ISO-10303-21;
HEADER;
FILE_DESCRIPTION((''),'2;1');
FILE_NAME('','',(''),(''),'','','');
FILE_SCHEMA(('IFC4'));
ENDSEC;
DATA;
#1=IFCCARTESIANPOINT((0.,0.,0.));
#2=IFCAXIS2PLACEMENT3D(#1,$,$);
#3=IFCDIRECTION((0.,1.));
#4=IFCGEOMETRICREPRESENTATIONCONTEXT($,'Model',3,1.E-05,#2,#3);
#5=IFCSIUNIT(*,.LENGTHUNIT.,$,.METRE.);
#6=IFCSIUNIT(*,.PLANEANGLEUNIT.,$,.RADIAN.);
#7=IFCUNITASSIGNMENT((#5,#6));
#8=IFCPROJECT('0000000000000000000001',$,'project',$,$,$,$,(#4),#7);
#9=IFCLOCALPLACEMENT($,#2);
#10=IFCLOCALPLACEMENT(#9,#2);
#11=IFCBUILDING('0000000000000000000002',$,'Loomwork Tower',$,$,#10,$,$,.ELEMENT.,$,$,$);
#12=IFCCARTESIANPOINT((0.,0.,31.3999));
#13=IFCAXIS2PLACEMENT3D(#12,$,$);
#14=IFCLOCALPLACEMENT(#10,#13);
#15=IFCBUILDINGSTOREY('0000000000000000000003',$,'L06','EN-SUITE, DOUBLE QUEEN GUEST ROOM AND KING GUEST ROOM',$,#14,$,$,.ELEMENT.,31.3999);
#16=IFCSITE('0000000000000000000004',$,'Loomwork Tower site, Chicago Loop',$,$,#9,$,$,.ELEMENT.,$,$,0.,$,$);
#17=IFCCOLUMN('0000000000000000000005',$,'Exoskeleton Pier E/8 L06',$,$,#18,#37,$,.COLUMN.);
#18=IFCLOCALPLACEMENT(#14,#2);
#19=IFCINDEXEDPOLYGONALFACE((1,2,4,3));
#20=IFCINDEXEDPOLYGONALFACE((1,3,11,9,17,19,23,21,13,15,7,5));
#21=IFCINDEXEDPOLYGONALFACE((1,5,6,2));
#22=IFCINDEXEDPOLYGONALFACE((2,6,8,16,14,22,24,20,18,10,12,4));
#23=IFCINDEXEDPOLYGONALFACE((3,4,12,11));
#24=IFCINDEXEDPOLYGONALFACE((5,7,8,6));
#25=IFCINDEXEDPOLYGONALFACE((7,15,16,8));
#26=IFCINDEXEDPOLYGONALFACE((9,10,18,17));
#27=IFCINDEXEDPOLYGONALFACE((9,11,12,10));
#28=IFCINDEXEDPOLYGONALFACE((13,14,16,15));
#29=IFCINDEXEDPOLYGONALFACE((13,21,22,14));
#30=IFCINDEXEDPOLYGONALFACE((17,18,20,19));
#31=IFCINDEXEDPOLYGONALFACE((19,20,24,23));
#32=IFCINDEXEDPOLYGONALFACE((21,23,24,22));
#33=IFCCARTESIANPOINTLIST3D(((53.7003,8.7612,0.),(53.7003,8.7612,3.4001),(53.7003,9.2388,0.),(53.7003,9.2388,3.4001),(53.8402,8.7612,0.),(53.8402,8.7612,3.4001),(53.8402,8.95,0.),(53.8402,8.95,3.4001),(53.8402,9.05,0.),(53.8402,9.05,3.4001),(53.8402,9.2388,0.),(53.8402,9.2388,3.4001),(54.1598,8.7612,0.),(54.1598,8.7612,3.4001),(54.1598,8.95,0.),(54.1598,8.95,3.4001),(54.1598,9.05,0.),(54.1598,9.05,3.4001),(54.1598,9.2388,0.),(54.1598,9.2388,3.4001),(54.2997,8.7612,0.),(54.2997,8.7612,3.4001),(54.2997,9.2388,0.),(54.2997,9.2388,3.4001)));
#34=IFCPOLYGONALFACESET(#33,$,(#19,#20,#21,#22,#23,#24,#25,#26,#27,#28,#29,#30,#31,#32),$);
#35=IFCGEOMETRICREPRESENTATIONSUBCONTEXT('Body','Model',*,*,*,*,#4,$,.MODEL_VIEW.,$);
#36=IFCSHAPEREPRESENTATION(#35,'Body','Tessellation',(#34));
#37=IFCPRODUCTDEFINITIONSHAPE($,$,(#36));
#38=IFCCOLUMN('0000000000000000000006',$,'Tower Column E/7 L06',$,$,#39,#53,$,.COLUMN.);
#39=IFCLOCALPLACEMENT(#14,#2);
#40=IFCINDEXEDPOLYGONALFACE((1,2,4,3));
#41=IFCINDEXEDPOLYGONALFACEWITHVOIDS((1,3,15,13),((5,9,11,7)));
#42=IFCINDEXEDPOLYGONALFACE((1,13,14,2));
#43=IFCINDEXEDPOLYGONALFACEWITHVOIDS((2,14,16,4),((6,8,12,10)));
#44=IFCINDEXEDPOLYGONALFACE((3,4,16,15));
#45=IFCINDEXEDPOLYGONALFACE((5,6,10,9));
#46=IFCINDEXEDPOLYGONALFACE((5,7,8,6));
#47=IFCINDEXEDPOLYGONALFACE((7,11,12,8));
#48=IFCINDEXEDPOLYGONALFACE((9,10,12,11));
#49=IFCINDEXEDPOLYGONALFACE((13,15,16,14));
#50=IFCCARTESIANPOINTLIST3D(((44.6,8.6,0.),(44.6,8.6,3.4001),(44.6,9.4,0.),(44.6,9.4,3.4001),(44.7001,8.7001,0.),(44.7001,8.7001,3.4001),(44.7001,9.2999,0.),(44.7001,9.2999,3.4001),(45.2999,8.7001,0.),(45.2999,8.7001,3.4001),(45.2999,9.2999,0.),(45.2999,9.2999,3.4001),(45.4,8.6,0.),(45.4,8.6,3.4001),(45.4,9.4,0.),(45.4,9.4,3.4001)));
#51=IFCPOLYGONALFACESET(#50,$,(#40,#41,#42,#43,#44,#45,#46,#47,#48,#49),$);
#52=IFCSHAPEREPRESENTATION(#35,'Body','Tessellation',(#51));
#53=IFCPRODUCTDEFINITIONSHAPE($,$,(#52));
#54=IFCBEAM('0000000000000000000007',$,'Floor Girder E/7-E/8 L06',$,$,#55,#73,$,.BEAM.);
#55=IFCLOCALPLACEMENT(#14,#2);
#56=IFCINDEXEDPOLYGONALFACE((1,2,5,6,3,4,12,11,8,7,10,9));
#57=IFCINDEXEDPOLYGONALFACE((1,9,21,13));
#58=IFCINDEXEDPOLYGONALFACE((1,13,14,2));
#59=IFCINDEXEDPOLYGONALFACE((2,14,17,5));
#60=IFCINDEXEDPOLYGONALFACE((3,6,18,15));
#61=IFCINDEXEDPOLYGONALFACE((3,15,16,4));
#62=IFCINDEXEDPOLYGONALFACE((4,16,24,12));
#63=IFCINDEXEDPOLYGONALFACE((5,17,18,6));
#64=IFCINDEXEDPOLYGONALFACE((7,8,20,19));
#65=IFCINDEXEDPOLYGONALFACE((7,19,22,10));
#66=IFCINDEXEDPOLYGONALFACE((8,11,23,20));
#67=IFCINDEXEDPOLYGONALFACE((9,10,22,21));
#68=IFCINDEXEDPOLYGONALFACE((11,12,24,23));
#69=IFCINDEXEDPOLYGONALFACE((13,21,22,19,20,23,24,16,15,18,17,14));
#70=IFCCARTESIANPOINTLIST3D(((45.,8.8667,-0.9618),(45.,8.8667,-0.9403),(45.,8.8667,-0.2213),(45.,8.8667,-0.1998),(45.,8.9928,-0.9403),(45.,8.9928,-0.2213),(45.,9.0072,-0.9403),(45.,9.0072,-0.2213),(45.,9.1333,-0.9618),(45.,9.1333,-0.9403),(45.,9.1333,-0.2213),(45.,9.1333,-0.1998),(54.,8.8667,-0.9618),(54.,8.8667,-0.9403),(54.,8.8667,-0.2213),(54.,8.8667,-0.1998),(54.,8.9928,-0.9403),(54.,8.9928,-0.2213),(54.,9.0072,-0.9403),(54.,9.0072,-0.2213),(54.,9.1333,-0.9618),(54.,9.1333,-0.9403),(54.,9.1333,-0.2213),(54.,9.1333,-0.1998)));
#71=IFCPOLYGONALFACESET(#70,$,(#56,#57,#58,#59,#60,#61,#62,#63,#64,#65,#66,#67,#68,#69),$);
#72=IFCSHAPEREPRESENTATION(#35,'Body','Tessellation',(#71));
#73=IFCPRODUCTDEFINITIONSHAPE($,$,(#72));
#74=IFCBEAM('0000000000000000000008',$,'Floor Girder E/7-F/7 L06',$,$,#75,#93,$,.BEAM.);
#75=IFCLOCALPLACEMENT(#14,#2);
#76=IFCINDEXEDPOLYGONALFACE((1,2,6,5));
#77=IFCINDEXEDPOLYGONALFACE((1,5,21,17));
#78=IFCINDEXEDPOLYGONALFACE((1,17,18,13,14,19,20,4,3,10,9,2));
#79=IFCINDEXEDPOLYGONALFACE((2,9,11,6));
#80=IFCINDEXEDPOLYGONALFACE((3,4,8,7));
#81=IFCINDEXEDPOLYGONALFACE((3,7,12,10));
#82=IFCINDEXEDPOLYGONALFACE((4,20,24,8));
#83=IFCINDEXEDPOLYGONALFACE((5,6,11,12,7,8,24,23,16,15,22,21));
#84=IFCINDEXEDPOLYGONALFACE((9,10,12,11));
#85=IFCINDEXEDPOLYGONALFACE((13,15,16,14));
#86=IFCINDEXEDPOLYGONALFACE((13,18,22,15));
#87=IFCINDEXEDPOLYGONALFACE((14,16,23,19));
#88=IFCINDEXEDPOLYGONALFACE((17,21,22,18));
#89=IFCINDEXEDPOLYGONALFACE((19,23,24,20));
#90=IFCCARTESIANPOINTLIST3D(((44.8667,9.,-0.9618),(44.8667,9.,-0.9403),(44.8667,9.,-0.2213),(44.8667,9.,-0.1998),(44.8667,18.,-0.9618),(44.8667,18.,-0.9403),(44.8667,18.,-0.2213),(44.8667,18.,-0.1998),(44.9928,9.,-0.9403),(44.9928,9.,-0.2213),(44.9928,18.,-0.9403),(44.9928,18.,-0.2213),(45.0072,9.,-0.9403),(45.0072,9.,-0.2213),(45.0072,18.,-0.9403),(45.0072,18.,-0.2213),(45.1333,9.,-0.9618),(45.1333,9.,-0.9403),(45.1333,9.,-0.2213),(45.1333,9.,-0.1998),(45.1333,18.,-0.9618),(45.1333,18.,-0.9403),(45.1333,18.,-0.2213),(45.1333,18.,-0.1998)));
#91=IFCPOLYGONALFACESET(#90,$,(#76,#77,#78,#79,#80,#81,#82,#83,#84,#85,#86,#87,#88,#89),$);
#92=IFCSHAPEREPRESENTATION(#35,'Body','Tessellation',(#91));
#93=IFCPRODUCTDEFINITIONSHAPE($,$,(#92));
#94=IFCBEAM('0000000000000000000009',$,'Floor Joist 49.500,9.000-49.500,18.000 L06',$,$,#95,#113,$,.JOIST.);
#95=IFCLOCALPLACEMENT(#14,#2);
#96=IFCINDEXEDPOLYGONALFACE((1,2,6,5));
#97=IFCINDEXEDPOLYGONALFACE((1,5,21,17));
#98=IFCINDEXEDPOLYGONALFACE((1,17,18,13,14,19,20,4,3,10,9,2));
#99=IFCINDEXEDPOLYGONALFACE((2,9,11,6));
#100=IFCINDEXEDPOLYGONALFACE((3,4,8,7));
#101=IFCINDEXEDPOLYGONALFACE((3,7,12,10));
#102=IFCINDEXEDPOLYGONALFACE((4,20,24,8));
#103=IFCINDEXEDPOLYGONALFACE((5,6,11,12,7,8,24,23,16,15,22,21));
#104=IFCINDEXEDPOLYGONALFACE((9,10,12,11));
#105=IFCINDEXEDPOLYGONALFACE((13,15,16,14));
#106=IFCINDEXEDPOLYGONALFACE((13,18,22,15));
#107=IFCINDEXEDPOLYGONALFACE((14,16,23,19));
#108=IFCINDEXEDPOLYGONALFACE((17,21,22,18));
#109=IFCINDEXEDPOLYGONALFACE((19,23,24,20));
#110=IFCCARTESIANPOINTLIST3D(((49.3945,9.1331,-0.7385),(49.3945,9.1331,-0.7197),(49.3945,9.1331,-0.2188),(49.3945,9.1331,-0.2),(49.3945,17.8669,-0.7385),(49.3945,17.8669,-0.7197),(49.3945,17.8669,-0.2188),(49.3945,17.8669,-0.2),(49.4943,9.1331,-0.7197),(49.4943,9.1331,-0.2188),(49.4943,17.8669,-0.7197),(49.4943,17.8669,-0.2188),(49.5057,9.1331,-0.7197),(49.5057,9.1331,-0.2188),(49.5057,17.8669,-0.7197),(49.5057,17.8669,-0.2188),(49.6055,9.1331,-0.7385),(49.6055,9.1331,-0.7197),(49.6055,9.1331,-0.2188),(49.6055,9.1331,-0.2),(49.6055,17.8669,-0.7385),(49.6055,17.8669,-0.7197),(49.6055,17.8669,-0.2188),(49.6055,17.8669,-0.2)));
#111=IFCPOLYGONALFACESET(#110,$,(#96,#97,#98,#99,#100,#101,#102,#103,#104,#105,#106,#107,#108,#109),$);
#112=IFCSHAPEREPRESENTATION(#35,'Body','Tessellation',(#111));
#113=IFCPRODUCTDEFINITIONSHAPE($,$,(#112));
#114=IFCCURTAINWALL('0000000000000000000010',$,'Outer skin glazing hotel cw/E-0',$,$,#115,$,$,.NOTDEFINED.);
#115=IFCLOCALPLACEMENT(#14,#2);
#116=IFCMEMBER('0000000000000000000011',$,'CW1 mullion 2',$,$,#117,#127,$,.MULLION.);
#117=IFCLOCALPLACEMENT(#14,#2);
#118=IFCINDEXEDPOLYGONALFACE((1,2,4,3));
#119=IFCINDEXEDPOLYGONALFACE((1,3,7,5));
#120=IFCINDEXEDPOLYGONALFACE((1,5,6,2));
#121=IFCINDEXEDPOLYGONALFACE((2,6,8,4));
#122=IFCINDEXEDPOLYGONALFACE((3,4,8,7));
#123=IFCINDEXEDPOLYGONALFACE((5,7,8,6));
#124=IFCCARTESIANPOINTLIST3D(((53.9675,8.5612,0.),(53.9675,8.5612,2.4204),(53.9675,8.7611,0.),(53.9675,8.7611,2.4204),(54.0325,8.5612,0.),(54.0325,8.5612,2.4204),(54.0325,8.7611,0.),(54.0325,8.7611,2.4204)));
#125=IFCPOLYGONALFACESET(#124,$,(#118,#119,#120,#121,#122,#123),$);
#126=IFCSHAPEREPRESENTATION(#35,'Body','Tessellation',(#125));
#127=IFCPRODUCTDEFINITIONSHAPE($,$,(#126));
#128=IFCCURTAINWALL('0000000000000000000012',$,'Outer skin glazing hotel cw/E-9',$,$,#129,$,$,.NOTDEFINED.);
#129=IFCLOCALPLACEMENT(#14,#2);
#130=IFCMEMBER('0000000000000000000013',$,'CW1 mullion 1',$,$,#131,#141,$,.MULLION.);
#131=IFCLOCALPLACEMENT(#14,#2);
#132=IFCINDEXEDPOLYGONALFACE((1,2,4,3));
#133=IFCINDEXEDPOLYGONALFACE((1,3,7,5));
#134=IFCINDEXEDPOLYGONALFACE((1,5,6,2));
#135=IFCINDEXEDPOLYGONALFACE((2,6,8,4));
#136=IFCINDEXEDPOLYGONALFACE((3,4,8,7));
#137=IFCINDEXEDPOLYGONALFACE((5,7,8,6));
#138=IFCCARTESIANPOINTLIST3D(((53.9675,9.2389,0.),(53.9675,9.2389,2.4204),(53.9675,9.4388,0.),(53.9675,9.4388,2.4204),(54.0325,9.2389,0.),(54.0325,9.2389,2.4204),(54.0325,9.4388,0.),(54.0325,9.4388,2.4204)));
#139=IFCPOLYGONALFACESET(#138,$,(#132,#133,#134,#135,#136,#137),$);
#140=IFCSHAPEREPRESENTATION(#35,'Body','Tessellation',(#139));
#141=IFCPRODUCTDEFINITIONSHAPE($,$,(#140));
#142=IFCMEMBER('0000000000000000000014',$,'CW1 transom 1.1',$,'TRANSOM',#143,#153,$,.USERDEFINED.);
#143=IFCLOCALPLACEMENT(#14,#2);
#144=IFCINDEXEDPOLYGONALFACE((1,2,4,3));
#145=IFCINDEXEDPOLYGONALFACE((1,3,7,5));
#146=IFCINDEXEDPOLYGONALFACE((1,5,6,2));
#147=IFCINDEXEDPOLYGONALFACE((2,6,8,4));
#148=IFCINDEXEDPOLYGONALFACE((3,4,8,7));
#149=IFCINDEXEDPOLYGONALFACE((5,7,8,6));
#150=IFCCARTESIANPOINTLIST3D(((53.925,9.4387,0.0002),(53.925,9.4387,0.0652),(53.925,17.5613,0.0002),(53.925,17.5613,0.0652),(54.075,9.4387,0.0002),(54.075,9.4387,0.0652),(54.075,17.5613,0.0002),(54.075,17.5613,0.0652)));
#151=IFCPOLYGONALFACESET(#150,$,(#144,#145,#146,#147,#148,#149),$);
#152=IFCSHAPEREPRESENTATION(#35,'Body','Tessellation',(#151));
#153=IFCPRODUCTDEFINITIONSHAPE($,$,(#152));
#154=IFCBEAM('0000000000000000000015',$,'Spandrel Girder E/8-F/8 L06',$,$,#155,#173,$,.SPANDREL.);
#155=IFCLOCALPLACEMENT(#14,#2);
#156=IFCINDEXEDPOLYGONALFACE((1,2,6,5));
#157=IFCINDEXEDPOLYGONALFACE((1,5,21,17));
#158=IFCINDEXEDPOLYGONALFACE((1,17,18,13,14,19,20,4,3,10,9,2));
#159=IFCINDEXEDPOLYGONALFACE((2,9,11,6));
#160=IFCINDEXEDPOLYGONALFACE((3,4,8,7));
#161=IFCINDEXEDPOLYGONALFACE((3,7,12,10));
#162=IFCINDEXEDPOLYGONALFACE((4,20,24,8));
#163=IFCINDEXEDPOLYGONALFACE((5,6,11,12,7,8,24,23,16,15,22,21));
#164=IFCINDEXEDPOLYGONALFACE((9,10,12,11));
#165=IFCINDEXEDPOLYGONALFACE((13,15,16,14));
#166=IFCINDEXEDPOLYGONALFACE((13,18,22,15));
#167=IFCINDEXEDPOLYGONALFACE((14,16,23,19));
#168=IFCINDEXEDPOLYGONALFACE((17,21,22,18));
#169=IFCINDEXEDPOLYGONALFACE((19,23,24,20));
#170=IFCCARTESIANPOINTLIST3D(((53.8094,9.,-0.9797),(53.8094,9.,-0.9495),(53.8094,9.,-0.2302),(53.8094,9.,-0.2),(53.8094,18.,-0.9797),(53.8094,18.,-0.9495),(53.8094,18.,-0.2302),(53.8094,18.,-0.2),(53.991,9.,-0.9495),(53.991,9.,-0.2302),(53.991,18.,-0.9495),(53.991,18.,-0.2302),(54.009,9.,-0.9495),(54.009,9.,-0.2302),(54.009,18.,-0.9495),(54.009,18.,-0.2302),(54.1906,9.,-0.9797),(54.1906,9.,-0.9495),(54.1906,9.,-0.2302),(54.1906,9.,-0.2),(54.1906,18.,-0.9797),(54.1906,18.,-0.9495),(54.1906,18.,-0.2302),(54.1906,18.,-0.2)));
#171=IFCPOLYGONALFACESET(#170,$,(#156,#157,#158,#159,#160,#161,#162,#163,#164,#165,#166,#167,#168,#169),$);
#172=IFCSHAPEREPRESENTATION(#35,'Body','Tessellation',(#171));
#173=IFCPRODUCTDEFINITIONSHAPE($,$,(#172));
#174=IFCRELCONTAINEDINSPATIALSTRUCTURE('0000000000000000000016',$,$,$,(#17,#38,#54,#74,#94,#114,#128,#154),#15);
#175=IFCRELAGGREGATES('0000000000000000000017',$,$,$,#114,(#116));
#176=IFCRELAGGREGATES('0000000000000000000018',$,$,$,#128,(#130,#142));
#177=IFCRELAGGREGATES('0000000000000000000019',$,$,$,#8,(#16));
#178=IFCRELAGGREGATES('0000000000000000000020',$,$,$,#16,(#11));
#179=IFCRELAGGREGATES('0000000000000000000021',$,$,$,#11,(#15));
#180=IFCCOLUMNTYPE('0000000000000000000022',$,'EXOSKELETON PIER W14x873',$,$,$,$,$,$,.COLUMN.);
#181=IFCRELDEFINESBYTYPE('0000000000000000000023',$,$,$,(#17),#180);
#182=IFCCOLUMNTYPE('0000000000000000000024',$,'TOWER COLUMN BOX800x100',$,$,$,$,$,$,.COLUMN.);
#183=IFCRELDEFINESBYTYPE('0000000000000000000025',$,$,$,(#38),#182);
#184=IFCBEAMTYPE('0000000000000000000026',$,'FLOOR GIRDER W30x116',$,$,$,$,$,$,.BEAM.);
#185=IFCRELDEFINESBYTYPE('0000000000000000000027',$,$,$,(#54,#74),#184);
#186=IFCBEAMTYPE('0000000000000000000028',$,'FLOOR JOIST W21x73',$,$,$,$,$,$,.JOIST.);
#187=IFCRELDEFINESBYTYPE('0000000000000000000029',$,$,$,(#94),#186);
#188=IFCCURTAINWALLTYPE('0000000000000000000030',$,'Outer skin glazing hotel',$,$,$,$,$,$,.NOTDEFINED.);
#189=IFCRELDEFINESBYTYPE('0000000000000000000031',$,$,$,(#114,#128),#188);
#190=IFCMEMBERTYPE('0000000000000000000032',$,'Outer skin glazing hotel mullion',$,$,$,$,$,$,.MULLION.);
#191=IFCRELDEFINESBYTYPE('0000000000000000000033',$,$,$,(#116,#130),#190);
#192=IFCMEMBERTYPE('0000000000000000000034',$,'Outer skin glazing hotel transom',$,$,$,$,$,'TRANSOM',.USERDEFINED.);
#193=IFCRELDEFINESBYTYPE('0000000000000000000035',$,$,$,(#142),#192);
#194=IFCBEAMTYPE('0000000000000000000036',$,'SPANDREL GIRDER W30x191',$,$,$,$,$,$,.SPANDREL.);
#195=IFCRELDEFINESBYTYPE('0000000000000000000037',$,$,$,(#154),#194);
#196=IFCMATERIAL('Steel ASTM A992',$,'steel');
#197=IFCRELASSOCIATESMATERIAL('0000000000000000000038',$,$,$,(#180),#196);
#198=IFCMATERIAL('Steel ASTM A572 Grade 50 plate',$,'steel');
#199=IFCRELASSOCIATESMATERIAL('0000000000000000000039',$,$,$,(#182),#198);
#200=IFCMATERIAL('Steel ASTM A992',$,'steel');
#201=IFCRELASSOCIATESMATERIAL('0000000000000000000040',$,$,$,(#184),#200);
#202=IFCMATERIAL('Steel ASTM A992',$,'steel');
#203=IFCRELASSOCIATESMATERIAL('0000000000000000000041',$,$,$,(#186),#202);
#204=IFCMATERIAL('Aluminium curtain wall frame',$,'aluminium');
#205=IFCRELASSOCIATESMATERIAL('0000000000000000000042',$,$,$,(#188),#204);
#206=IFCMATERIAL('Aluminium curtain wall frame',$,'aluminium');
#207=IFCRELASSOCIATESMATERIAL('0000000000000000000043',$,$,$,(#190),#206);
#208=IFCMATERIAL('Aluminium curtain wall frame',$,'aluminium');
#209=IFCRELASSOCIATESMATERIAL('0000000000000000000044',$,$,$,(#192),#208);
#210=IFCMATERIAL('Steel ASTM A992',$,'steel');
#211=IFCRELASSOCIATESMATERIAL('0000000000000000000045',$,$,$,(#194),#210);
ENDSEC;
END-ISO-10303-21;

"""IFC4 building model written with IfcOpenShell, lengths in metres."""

from ifc_helpers import new_model, si_unit, direction, frame, origin, origin_2d, place, context, subcontext, project, spatial, rectangle, hollow_rectangle, i_section, extrude, material, material_profile, profile_set, type_object, element, aggregate, save


model = new_model("IFC4")

# Units and contexts
model_context = context("Model", 3, precision=1e-05, world=origin(), true_north=direction((0.0, 1.0)))
body_context = subcontext(model_context, "Body", "Model", "MODEL_VIEW")
ifc_project = project(units=[si_unit("LENGTHUNIT", "METRE"), si_unit("PLANEANGLEUNIT", "RADIAN")], contexts=[model_context])

# Site, building, storey
site_placement = place(None, origin())
site = spatial("IfcSite", under=ifc_project, at=site_placement, Name="Loomwork Tower site, Chicago Loop", CompositionType="ELEMENT", RefElevation=0.0)
building_placement = place(site_placement, origin())
building = spatial("IfcBuilding", under=site, at=building_placement, Name="Loomwork Tower", CompositionType="ELEMENT")
storey_placement = place(building_placement, frame((0.0, 0.0, 31.3999)))
storey = spatial("IfcBuildingStorey", under=building, at=storey_placement, Name="L06", Description="EN-SUITE, DOUBLE QUEEN GUEST ROOM AND KING GUEST ROOM", CompositionType="ELEMENT", Elevation=31.3999)

# Columns
ifc_material_1 = material(Name="Steel ASTM A992", Category="steel")
ifc_material_profile_1 = material_profile(ifc_material_1, i_section(OverallWidth=0.4775, OverallDepth=0.5994, WebThickness=0.1001, FlangeThickness=0.1399, at=origin_2d()), Name="W14x873")
ifc_profile_set_1 = profile_set([ifc_material_profile_1], Name="Steel ASTM A992")
column_type_1 = type_object("IfcColumnType", Name="EXOSKELETON PIER W14x873", PredefinedType="COLUMN", material=ifc_profile_set_1)
column_1_placement = place(storey_placement, frame((54.0, 9.0, 0.0), z_axis=(0.0, 0.0, 1.0), x_axis=(0.0, 1.0, 0.0)))
element("IfcColumn", 1, at=column_1_placement, inside=storey, type_object=column_type_1, Name="Exoskeleton Pier E/8 L06", PredefinedType="COLUMN", context=body_context, shape_type="SweptSolid", body=[
    extrude(i_section(OverallWidth=0.4775, OverallDepth=0.5994, WebThickness=0.1001, FlangeThickness=0.1399, at=origin_2d()), origin(), (0.0, 0.0, 1.0), 3.4001),
])
ifc_material_2 = material(Name="Steel ASTM A572 Grade 50 plate", Category="steel")
ifc_material_profile_2 = material_profile(ifc_material_2, hollow_rectangle(XDim=0.8, YDim=0.8, WallThickness=0.1001, at=origin_2d()), Name="BOX800x100")
ifc_profile_set_2 = profile_set([ifc_material_profile_2], Name="Steel ASTM A572 Grade 50 plate")
column_type_2 = type_object("IfcColumnType", Name="TOWER COLUMN BOX800x100", PredefinedType="COLUMN", material=ifc_profile_set_2)
column_2_placement = place(storey_placement, frame((45.0, 9.0, 0.0), z_axis=(0.0, 0.0, 1.0), x_axis=(0.0, 1.0, 0.0)))
element("IfcColumn", 2, at=column_2_placement, inside=storey, type_object=column_type_2, Name="Tower Column E/7 L06", PredefinedType="COLUMN", context=body_context, shape_type="SweptSolid", body=[
    extrude(hollow_rectangle(XDim=0.8, YDim=0.8, WallThickness=0.1001, at=origin_2d()), origin(), (0.0, 0.0, 1.0), 3.4001),
])

# Beams
ifc_material_3 = material(Name="Steel ASTM A992", Category="steel")
ifc_material_profile_3 = material_profile(ifc_material_3, i_section(OverallWidth=0.2666, OverallDepth=0.762, WebThickness=0.0144, FlangeThickness=0.0215, at=origin_2d()), Name="W30x116")
ifc_profile_set_3 = profile_set([ifc_material_profile_3], Name="Steel ASTM A992")
beam_type_1 = type_object("IfcBeamType", Name="FLOOR GIRDER W30x116", PredefinedType="BEAM", material=ifc_profile_set_3)
for number, where, z_axis, x_axis, name in (
    (3, (45.0, 9.0, -0.5808), (1.0, 0.0, 0.0), (0.0, 1.0, 0.0), "Floor Girder E/7-E/8 L06"),
    (4, (45.0, 9.0, -0.5808), (0.0, 1.0, 0.0), (-1.0, 0.0, 0.0), "Floor Girder E/7-F/7 L06"),
):
    element("IfcBeam", number, at=place(storey_placement, frame(where, z_axis=z_axis, x_axis=x_axis)), inside=storey, type_object=beam_type_1, Name=name, PredefinedType="BEAM", context=body_context, shape_type="SweptSolid", body=[
        extrude(i_section(OverallWidth=0.2666, OverallDepth=0.762, WebThickness=0.0144, FlangeThickness=0.0215, at=origin_2d()), origin(), (0.0, 0.0, 1.0), 9.0),
    ])
ifc_material_4 = material(Name="Steel ASTM A992", Category="steel")
ifc_material_profile_4 = material_profile(ifc_material_4, i_section(OverallWidth=0.2109, OverallDepth=0.5386, WebThickness=0.0115, FlangeThickness=0.0188, at=origin_2d()), Name="W21x73")
ifc_profile_set_4 = profile_set([ifc_material_profile_4], Name="Steel ASTM A992")
beam_type_2 = type_object("IfcBeamType", Name="FLOOR JOIST W21x73", PredefinedType="JOIST", material=ifc_profile_set_4)
beam_1_placement = place(storey_placement, frame((49.5, 9.1331, -0.4692), z_axis=(0.0, 1.0, 0.0), x_axis=(-1.0, 0.0, 0.0)))
element("IfcBeam", 5, at=beam_1_placement, inside=storey, type_object=beam_type_2, Name="Floor Joist 49.500,9.000-49.500,18.000 L06", PredefinedType="JOIST", context=body_context, shape_type="SweptSolid", body=[
    extrude(i_section(OverallWidth=0.2109, OverallDepth=0.5386, WebThickness=0.0115, FlangeThickness=0.0188, at=origin_2d()), origin(), (0.0, 0.0, 1.0), 8.7339),
])

# Curtain wall, member
ifc_material_5 = material(Name="Aluminium curtain wall frame", Category="aluminium")
curtain_wall_type = type_object("IfcCurtainWallType", Name="Outer skin glazing hotel", PredefinedType="NOTDEFINED", material=ifc_material_5)
curtain_wall_1_placement = place(storey_placement, origin())
curtain_wall_1 = element("IfcCurtainWall", 6, at=curtain_wall_1_placement, inside=storey, type_object=curtain_wall_type, Name="Outer skin glazing hotel cw/E-0", PredefinedType="NOTDEFINED")
ifc_material_6 = material(Name="Aluminium curtain wall frame", Category="aluminium")
ifc_material_profile_5 = material_profile(ifc_material_6, rectangle(XDim=0.0649, YDim=0.2, at=origin_2d()), Name="AL 65x200")
ifc_profile_set_5 = profile_set([ifc_material_profile_5], Name="Aluminium curtain wall frame")
member_type_1 = type_object("IfcMemberType", Name="Outer skin glazing hotel mullion", PredefinedType="MULLION", material=ifc_profile_set_5)
member_1_placement = place(storey_placement, frame((54.0, 8.6611, 0.0), z_axis=(0.0, 0.0, 1.0), x_axis=(-1.0, 0.0, 0.0)))
member_1 = element("IfcMember", 7, at=member_1_placement, type_object=member_type_1, Name="CW1 mullion 2", PredefinedType="MULLION", context=body_context, shape_type="SweptSolid", body=[
    extrude(rectangle(XDim=0.0649, YDim=0.2, at=origin_2d()), origin(), (0.0, 0.0, 1.0), 2.4204),
])
aggregate(curtain_wall_1, [member_1])

# Curtain wall, members
curtain_wall_2_placement = place(storey_placement, origin())
curtain_wall_2 = element("IfcCurtainWall", 8, at=curtain_wall_2_placement, inside=storey, type_object=curtain_wall_type, Name="Outer skin glazing hotel cw/E-9", PredefinedType="NOTDEFINED")
member_2_placement = place(storey_placement, frame((54.0, 9.3389, 0.0), z_axis=(0.0, 0.0, 1.0), x_axis=(-1.0, 0.0, 0.0)))
member_2 = element("IfcMember", 9, at=member_2_placement, type_object=member_type_1, Name="CW1 mullion 1", PredefinedType="MULLION", context=body_context, shape_type="SweptSolid", body=[
    extrude(rectangle(XDim=0.0649, YDim=0.2, at=origin_2d()), origin(), (0.0, 0.0, 1.0), 2.4204),
])
ifc_material_7 = material(Name="Aluminium curtain wall frame", Category="aluminium")
ifc_material_profile_6 = material_profile(ifc_material_7, rectangle(XDim=0.1499, YDim=0.0649, at=origin_2d()), Name="AL 65x150")
ifc_profile_set_6 = profile_set([ifc_material_profile_6], Name="Aluminium curtain wall frame")
member_type_2 = type_object("IfcMemberType", Name="Outer skin glazing hotel transom", ElementType="TRANSOM", PredefinedType="USERDEFINED", material=ifc_profile_set_6)
member_3_placement = place(storey_placement, frame((54.0, 9.4387, 0.0327), z_axis=(0.0, 1.0, 0.0), x_axis=(-1.0, 0.0, 0.0)))
member_3 = element("IfcMember", 10, at=member_3_placement, type_object=member_type_2, Name="CW1 transom 1.1", ObjectType="TRANSOM", PredefinedType="USERDEFINED", context=body_context, shape_type="SweptSolid", body=[
    extrude(rectangle(XDim=0.1499, YDim=0.0649, at=origin_2d()), origin(), (0.0, 0.0, 1.0), 8.1226),
])
aggregate(curtain_wall_2, [member_2, member_3])

# Beam
ifc_material_8 = material(Name="Steel ASTM A992", Category="steel")
ifc_material_profile_7 = material_profile(ifc_material_8, i_section(OverallWidth=0.3811, OverallDepth=0.7798, WebThickness=0.0181, FlangeThickness=0.0303, at=origin_2d()), Name="W30x191")
ifc_profile_set_7 = profile_set([ifc_material_profile_7], Name="Steel ASTM A992")
beam_type_3 = type_object("IfcBeamType", Name="SPANDREL GIRDER W30x191", PredefinedType="SPANDREL", material=ifc_profile_set_7)
beam_2_placement = place(storey_placement, frame((54.0, 9.0, -0.5898), z_axis=(0.0, 1.0, 0.0), x_axis=(-1.0, 0.0, 0.0)))
element("IfcBeam", 11, at=beam_2_placement, inside=storey, type_object=beam_type_3, Name="Spandrel Girder E/8-F/8 L06", PredefinedType="SPANDREL", context=body_context, shape_type="SweptSolid", body=[
    extrude(i_section(OverallWidth=0.3811, OverallDepth=0.7798, WebThickness=0.0181, FlangeThickness=0.0303, at=origin_2d()), origin(), (0.0, 0.0, 1.0), 9.0),
])

save(model, "model.ifc")
